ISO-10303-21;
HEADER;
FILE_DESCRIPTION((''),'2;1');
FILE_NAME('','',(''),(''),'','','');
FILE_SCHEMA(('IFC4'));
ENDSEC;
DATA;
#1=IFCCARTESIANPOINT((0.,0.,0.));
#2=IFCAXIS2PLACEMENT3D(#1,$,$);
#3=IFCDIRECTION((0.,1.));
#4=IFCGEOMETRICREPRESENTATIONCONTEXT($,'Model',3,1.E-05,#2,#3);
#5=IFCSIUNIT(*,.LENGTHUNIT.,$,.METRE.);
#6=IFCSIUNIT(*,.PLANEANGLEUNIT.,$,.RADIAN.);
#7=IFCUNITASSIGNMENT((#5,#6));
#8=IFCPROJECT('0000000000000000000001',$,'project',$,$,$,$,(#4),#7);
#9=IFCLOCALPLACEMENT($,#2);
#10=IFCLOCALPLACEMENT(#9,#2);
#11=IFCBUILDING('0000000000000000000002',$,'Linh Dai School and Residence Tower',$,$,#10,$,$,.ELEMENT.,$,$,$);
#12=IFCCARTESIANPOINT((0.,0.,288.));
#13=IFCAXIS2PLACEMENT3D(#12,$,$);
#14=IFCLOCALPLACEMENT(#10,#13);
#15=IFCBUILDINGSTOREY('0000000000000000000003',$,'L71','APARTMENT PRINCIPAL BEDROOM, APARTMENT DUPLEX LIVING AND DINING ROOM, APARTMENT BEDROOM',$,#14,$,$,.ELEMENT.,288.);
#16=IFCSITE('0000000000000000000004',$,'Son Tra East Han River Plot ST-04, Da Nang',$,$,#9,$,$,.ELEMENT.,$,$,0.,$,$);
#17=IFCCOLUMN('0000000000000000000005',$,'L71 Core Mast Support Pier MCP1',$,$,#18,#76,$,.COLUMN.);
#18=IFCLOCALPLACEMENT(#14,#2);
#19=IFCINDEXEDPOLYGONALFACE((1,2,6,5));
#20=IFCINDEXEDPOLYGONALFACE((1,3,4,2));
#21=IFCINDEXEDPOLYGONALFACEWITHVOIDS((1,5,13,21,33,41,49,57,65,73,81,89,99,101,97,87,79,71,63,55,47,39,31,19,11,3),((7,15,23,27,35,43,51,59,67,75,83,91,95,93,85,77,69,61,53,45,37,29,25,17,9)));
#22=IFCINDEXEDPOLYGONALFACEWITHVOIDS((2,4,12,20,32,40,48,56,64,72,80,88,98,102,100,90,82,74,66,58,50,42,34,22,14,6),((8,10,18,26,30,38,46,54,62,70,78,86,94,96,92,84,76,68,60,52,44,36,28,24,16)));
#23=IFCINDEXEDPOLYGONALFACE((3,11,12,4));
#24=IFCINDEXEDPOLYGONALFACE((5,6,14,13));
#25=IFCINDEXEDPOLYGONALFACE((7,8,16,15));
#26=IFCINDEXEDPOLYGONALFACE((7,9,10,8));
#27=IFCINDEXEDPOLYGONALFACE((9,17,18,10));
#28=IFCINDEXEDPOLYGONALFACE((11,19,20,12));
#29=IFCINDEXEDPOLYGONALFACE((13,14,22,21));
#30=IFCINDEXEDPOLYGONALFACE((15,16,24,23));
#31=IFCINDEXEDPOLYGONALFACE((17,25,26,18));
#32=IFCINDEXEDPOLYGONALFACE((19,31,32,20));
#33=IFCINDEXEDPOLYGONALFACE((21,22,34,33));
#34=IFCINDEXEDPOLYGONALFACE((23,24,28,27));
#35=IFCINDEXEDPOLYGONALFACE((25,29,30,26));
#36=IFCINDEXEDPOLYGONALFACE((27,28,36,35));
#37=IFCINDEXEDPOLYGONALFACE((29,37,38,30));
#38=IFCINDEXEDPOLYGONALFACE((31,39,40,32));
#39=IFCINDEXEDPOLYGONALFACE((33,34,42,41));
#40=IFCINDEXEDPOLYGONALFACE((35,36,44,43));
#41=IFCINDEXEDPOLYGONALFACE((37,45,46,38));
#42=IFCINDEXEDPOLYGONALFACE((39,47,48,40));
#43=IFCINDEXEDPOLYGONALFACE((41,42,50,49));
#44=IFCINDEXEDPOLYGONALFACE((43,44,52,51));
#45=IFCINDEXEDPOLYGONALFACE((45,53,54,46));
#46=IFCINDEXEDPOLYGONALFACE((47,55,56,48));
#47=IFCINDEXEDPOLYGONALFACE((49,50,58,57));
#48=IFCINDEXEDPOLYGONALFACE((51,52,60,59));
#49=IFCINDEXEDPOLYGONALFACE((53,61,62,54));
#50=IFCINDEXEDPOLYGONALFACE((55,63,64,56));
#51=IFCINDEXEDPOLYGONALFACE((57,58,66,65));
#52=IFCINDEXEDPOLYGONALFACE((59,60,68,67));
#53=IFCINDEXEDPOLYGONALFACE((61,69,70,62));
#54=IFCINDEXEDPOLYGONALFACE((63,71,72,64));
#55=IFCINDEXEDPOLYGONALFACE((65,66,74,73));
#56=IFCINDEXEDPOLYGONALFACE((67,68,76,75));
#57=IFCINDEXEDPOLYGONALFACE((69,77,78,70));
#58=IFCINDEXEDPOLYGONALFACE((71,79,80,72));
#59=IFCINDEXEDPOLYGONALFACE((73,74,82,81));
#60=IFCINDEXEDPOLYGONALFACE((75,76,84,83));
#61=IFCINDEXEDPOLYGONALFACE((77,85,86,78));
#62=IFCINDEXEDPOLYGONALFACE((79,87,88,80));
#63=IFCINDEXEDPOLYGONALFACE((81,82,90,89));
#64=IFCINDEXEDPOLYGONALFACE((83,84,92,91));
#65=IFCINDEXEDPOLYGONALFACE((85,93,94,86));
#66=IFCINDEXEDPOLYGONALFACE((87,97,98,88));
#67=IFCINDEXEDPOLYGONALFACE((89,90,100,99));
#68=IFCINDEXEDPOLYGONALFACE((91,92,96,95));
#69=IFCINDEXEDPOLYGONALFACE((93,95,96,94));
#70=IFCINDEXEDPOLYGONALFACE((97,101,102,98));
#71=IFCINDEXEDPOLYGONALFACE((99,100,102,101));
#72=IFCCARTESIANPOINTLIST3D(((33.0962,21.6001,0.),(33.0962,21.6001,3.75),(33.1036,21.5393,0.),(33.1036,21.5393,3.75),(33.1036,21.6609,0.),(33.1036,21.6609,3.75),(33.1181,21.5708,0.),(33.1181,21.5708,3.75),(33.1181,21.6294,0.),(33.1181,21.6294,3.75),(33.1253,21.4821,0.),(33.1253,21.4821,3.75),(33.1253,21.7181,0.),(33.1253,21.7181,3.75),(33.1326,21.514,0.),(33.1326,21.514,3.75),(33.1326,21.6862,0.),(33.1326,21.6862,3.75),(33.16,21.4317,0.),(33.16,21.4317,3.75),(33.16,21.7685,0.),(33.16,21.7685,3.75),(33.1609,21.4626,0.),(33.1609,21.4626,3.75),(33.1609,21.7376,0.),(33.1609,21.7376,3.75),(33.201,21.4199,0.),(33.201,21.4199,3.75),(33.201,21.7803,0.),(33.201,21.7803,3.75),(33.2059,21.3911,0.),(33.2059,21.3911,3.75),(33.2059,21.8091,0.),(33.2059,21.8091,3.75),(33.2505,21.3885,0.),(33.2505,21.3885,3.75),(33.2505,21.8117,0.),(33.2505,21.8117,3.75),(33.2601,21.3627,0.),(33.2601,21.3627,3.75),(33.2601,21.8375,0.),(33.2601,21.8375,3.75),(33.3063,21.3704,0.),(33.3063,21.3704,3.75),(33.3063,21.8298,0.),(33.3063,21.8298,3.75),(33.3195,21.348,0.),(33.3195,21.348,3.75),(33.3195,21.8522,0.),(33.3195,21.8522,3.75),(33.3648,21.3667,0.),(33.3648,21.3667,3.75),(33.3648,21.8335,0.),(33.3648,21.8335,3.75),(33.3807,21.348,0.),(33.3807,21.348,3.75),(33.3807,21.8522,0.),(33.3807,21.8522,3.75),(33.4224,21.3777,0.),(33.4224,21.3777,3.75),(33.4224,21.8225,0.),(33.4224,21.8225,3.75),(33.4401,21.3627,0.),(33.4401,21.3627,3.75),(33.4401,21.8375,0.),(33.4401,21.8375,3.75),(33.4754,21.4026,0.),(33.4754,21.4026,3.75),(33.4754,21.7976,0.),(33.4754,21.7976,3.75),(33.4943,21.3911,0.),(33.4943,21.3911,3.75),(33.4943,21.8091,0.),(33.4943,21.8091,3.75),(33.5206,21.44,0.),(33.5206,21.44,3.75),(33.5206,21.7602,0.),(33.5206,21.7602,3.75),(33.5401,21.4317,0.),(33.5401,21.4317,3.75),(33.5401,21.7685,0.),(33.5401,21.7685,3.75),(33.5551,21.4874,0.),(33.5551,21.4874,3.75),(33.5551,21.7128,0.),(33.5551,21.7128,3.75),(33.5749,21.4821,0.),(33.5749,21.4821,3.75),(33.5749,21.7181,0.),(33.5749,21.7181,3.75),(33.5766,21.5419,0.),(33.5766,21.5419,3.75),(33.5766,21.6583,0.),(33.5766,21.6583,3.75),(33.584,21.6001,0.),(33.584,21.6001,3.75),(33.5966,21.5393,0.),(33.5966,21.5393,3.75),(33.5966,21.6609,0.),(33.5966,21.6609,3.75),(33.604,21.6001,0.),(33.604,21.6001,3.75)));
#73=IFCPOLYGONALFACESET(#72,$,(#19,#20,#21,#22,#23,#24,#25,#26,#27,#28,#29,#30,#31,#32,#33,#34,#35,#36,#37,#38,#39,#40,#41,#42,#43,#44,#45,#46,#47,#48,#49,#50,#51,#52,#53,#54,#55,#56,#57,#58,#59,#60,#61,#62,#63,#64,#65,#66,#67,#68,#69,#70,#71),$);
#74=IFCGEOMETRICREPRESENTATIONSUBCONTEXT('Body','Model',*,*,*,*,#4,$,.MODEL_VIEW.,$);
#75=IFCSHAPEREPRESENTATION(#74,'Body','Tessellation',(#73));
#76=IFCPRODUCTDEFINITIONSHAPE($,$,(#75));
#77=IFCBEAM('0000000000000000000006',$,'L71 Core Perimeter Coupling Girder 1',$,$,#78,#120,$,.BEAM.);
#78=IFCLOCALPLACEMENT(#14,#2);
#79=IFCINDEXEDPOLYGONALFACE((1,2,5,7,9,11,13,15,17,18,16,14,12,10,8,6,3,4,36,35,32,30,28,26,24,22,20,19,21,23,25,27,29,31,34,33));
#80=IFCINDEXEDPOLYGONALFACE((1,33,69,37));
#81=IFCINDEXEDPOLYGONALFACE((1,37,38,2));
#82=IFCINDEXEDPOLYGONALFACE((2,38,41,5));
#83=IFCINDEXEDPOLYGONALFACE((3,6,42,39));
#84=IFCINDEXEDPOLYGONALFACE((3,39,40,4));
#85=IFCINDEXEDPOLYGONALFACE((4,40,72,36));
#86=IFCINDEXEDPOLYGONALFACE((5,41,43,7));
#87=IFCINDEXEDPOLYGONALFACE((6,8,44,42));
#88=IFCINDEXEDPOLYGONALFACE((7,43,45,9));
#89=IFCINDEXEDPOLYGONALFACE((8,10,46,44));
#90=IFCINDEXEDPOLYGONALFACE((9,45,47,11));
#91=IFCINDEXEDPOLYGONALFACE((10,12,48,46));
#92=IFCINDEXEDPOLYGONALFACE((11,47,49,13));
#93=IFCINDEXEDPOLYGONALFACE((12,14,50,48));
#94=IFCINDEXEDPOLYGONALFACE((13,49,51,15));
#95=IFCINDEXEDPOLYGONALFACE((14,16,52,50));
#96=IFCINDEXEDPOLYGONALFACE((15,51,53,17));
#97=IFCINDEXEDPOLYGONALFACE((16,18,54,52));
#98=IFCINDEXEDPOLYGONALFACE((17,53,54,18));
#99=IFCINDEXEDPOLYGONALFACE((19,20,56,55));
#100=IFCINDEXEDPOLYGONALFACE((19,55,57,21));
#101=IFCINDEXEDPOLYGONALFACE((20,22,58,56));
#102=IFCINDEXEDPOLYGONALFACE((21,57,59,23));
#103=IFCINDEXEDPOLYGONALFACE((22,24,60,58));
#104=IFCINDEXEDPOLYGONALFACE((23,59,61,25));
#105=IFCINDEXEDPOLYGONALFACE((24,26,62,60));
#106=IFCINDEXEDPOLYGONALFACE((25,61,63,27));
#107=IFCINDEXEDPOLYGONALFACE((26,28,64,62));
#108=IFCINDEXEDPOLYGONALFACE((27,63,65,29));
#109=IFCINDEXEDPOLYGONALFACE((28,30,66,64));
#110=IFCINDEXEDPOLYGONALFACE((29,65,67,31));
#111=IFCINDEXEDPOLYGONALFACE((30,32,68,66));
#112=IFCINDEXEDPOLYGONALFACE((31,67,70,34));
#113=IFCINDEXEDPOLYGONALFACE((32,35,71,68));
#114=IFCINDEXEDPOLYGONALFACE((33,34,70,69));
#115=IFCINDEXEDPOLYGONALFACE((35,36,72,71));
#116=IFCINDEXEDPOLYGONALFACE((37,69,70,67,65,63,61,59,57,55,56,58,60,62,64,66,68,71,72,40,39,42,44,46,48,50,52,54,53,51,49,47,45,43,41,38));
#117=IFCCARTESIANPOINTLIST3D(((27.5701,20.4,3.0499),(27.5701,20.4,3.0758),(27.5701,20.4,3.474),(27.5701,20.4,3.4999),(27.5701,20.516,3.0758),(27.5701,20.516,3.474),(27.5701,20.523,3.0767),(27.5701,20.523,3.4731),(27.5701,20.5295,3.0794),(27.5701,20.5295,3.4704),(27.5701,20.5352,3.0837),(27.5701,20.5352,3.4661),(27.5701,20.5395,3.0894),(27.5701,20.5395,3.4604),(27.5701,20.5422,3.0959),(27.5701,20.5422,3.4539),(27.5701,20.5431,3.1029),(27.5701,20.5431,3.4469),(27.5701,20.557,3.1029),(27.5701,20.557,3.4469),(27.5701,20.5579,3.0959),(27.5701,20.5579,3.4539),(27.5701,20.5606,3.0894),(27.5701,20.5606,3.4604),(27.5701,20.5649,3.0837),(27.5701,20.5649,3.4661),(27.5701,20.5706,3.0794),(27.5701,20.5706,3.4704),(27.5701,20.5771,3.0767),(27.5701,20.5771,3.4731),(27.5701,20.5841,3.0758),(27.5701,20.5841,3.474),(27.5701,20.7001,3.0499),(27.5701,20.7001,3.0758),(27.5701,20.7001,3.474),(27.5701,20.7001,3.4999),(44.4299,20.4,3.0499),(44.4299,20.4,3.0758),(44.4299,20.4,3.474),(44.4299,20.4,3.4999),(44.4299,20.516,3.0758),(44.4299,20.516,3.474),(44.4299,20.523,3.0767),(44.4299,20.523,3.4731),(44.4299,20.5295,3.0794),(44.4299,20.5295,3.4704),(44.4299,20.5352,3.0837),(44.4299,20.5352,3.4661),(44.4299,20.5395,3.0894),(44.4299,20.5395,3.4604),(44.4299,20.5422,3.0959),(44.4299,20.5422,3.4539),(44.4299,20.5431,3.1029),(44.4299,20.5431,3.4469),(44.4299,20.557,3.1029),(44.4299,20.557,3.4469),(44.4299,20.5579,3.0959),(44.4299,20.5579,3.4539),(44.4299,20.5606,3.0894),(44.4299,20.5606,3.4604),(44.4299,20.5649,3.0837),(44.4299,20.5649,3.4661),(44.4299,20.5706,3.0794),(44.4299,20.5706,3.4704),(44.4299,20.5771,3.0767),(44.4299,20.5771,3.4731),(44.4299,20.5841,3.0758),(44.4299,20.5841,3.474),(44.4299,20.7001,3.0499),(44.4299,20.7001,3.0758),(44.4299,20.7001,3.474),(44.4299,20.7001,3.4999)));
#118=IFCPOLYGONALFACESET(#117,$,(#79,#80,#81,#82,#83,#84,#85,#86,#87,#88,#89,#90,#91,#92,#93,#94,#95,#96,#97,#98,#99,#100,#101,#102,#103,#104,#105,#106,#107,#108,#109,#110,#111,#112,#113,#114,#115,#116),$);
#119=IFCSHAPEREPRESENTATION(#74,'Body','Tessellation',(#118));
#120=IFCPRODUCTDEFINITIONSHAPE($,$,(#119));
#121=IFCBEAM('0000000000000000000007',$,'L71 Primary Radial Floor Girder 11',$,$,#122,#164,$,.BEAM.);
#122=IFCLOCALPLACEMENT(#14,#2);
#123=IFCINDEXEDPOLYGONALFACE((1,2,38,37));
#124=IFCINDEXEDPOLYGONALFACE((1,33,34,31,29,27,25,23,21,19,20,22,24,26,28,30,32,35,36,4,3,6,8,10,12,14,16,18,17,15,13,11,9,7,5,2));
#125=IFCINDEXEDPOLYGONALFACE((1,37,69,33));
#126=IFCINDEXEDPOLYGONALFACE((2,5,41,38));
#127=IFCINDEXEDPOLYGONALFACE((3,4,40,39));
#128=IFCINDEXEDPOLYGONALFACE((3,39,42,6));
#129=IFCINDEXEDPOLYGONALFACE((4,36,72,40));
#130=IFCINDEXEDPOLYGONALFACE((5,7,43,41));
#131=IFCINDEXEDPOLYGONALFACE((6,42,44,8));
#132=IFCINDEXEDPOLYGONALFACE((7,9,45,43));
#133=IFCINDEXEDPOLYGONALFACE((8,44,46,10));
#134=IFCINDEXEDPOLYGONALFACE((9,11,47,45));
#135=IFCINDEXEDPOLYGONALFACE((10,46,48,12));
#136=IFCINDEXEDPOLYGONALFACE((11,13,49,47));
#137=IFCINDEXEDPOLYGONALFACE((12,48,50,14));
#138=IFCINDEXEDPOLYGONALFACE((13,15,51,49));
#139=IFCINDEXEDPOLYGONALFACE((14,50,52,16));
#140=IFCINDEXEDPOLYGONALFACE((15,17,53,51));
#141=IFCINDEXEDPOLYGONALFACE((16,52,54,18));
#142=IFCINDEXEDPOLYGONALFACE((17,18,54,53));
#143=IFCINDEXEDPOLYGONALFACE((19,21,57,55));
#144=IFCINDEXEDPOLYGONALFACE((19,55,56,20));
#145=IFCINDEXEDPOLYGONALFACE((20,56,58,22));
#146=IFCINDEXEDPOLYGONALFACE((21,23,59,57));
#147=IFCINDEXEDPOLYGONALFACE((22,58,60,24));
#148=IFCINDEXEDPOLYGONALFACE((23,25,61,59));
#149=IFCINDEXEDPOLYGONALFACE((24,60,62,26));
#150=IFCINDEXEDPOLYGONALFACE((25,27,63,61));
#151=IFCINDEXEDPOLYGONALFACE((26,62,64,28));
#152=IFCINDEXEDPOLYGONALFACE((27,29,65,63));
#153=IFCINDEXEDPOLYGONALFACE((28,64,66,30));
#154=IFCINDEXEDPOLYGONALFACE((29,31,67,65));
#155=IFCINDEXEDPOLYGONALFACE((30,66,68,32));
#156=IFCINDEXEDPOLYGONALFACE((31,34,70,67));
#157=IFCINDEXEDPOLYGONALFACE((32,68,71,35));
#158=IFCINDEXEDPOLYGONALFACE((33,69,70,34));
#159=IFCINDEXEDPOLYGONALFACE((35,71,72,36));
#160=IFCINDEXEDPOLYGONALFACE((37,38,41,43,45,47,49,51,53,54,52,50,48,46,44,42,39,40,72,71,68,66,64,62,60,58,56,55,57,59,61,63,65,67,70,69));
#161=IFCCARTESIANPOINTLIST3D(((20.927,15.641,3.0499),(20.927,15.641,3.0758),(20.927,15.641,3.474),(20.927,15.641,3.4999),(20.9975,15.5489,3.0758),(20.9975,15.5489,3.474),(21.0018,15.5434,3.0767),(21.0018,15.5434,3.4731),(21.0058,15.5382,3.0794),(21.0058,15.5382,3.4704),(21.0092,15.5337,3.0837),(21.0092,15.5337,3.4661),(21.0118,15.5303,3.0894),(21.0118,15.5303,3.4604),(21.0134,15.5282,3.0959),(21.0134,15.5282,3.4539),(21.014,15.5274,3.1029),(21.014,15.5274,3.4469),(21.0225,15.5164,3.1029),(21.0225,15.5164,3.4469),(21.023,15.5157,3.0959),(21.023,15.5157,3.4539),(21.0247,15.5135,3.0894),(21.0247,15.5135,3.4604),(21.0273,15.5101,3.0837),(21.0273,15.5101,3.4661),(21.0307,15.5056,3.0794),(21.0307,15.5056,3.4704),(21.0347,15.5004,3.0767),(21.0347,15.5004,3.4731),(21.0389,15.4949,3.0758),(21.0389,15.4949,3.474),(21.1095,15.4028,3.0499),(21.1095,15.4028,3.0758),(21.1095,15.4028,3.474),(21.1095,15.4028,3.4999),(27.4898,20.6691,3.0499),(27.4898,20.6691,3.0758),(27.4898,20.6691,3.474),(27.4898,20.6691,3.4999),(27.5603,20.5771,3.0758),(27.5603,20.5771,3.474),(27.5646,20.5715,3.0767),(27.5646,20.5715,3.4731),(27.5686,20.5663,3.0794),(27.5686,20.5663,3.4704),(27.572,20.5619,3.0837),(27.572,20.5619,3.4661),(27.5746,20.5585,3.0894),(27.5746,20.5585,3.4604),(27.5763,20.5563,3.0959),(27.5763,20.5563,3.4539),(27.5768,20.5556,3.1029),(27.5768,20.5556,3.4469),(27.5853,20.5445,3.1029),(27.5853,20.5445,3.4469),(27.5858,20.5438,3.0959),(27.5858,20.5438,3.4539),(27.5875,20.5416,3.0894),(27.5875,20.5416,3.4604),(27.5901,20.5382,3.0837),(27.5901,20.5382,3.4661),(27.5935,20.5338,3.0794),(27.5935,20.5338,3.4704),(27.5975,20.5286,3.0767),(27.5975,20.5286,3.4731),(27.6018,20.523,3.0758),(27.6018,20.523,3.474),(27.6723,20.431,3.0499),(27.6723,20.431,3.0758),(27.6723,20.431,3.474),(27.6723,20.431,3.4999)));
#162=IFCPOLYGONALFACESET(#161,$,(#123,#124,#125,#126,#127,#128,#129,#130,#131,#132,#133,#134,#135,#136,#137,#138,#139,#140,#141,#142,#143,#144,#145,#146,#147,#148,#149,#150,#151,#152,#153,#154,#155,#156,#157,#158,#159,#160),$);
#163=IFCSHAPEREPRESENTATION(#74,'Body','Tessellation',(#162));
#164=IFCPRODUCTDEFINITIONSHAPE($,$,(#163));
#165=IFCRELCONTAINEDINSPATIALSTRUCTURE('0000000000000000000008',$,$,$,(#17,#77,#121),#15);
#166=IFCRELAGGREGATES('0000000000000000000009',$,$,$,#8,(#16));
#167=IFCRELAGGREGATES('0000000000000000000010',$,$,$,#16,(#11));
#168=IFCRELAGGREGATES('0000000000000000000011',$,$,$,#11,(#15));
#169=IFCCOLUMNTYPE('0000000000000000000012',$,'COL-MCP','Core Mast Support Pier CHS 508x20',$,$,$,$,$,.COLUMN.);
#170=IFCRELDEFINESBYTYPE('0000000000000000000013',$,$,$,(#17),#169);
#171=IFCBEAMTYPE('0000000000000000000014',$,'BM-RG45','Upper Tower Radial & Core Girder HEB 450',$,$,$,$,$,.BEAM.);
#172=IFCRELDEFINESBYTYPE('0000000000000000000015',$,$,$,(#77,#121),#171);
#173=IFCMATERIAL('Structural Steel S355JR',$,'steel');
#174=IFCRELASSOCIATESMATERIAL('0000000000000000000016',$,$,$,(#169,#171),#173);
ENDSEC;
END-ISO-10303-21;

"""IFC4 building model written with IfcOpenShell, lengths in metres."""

from ifc_helpers import new_model, si_unit, direction, frame, origin, origin_2d, place, context, subcontext, project, spatial, hollow_circle, i_section, extrude, material, material_profile, profile_set, type_object, element, save


model = new_model("IFC4")

# Units and contexts
model_context = context("Model", 3, precision=1e-05, world=origin(), true_north=direction((0.0, 1.0)))
body_context = subcontext(model_context, "Body", "Model", "MODEL_VIEW")
ifc_project = project(units=[si_unit("LENGTHUNIT", "METRE"), si_unit("PLANEANGLEUNIT", "RADIAN")], contexts=[model_context])

# Site, building, storey
site_placement = place(None, origin())
site = spatial("IfcSite", under=ifc_project, at=site_placement, Name="Son Tra East Han River Plot ST-04, Da Nang", CompositionType="ELEMENT", RefElevation=0.0)
building_placement = place(site_placement, origin())
building = spatial("IfcBuilding", under=site, at=building_placement, Name="Linh Dai School and Residence Tower", CompositionType="ELEMENT")
storey_placement = place(building_placement, frame((0.0, 0.0, 288.0)))
storey = spatial("IfcBuildingStorey", under=building, at=storey_placement, Name="L71", Description="APARTMENT PRINCIPAL BEDROOM, APARTMENT DUPLEX LIVING AND DINING ROOM, APARTMENT BEDROOM", CompositionType="ELEMENT", Elevation=288.0)

# Column
ifc_material_1 = material(Name="Structural Steel S355JR", Category="steel")
ifc_material_profile_1 = material_profile(ifc_material_1, hollow_circle(Radius=0.2539, WallThickness=0.02, at=origin_2d()), Name="CHS 508x20")
ifc_profile_set_1 = profile_set([ifc_material_profile_1], Name="Structural Steel S355JR")
column_type = type_object("IfcColumnType", Name="COL-MCP", Description="Core Mast Support Pier CHS 508x20", PredefinedType="COLUMN", material=ifc_profile_set_1)
column_placement = place(storey_placement, frame((33.3501, 21.6001, 0.0), z_axis=(0.0, 0.0, 1.0), x_axis=(1.0, 0.0, 0.0)))
element("IfcColumn", 1, at=column_placement, inside=storey, type_object=column_type, Name="L71 Core Mast Support Pier MCP1", PredefinedType="COLUMN", context=body_context, shape_type="SweptSolid", body=[
    extrude(hollow_circle(Radius=0.2539, WallThickness=0.02, at=origin_2d()), origin(), (0.0, 0.0, 1.0), 3.75),
])

# Beams
ifc_material_profile_2 = material_profile(ifc_material_1, i_section(OverallWidth=0.3, OverallDepth=0.45, WebThickness=0.0139, FlangeThickness=0.0259, FilletRadius=0.0271, at=origin_2d()), Name="HEB 450")
ifc_profile_set_2 = profile_set([ifc_material_profile_2], Name="Structural Steel S355JR")
beam_type_1 = type_object("IfcBeamType", Name="BM-RG45", Description="Upper Tower Radial & Core Girder HEB 450", PredefinedType="BEAM", material=ifc_profile_set_2)
beam_1_placement = place(storey_placement, frame((27.5701, 20.55, 3.2749), z_axis=(1.0, 0.0, 0.0), x_axis=(0.0, 1.0, 0.0)))
element("IfcBeam", 2, at=beam_1_placement, inside=storey, type_object=beam_type_1, Name="L71 Core Perimeter Coupling Girder 1", PredefinedType="BEAM", context=body_context, shape_type="SweptSolid", body=[
    extrude(i_section(OverallWidth=0.3, OverallDepth=0.45, WebThickness=0.0139, FlangeThickness=0.0259, FilletRadius=0.0271, at=origin_2d()), origin(), (0.0, 0.0, 1.0), 16.8599),
])
beam_2_placement = place(storey_placement, frame((27.5811, 20.55, 3.2749), z_axis=(-0.793803, -0.608175, 0.0), x_axis=(0.608175, -0.793803, 0.0)))
element("IfcBeam", 3, at=beam_2_placement, inside=storey, type_object=beam_type_1, Name="L71 Primary Radial Floor Girder 11", PredefinedType="BEAM", context=body_context, shape_type="SweptSolid", body=[
    extrude(i_section(OverallWidth=0.3, OverallDepth=0.45, WebThickness=0.0139, FlangeThickness=0.0259, FilletRadius=0.0271, at=origin_2d()), origin(), (0.0, 0.0, 1.0), 8.2676),
])

save(model, "model.ifc")
